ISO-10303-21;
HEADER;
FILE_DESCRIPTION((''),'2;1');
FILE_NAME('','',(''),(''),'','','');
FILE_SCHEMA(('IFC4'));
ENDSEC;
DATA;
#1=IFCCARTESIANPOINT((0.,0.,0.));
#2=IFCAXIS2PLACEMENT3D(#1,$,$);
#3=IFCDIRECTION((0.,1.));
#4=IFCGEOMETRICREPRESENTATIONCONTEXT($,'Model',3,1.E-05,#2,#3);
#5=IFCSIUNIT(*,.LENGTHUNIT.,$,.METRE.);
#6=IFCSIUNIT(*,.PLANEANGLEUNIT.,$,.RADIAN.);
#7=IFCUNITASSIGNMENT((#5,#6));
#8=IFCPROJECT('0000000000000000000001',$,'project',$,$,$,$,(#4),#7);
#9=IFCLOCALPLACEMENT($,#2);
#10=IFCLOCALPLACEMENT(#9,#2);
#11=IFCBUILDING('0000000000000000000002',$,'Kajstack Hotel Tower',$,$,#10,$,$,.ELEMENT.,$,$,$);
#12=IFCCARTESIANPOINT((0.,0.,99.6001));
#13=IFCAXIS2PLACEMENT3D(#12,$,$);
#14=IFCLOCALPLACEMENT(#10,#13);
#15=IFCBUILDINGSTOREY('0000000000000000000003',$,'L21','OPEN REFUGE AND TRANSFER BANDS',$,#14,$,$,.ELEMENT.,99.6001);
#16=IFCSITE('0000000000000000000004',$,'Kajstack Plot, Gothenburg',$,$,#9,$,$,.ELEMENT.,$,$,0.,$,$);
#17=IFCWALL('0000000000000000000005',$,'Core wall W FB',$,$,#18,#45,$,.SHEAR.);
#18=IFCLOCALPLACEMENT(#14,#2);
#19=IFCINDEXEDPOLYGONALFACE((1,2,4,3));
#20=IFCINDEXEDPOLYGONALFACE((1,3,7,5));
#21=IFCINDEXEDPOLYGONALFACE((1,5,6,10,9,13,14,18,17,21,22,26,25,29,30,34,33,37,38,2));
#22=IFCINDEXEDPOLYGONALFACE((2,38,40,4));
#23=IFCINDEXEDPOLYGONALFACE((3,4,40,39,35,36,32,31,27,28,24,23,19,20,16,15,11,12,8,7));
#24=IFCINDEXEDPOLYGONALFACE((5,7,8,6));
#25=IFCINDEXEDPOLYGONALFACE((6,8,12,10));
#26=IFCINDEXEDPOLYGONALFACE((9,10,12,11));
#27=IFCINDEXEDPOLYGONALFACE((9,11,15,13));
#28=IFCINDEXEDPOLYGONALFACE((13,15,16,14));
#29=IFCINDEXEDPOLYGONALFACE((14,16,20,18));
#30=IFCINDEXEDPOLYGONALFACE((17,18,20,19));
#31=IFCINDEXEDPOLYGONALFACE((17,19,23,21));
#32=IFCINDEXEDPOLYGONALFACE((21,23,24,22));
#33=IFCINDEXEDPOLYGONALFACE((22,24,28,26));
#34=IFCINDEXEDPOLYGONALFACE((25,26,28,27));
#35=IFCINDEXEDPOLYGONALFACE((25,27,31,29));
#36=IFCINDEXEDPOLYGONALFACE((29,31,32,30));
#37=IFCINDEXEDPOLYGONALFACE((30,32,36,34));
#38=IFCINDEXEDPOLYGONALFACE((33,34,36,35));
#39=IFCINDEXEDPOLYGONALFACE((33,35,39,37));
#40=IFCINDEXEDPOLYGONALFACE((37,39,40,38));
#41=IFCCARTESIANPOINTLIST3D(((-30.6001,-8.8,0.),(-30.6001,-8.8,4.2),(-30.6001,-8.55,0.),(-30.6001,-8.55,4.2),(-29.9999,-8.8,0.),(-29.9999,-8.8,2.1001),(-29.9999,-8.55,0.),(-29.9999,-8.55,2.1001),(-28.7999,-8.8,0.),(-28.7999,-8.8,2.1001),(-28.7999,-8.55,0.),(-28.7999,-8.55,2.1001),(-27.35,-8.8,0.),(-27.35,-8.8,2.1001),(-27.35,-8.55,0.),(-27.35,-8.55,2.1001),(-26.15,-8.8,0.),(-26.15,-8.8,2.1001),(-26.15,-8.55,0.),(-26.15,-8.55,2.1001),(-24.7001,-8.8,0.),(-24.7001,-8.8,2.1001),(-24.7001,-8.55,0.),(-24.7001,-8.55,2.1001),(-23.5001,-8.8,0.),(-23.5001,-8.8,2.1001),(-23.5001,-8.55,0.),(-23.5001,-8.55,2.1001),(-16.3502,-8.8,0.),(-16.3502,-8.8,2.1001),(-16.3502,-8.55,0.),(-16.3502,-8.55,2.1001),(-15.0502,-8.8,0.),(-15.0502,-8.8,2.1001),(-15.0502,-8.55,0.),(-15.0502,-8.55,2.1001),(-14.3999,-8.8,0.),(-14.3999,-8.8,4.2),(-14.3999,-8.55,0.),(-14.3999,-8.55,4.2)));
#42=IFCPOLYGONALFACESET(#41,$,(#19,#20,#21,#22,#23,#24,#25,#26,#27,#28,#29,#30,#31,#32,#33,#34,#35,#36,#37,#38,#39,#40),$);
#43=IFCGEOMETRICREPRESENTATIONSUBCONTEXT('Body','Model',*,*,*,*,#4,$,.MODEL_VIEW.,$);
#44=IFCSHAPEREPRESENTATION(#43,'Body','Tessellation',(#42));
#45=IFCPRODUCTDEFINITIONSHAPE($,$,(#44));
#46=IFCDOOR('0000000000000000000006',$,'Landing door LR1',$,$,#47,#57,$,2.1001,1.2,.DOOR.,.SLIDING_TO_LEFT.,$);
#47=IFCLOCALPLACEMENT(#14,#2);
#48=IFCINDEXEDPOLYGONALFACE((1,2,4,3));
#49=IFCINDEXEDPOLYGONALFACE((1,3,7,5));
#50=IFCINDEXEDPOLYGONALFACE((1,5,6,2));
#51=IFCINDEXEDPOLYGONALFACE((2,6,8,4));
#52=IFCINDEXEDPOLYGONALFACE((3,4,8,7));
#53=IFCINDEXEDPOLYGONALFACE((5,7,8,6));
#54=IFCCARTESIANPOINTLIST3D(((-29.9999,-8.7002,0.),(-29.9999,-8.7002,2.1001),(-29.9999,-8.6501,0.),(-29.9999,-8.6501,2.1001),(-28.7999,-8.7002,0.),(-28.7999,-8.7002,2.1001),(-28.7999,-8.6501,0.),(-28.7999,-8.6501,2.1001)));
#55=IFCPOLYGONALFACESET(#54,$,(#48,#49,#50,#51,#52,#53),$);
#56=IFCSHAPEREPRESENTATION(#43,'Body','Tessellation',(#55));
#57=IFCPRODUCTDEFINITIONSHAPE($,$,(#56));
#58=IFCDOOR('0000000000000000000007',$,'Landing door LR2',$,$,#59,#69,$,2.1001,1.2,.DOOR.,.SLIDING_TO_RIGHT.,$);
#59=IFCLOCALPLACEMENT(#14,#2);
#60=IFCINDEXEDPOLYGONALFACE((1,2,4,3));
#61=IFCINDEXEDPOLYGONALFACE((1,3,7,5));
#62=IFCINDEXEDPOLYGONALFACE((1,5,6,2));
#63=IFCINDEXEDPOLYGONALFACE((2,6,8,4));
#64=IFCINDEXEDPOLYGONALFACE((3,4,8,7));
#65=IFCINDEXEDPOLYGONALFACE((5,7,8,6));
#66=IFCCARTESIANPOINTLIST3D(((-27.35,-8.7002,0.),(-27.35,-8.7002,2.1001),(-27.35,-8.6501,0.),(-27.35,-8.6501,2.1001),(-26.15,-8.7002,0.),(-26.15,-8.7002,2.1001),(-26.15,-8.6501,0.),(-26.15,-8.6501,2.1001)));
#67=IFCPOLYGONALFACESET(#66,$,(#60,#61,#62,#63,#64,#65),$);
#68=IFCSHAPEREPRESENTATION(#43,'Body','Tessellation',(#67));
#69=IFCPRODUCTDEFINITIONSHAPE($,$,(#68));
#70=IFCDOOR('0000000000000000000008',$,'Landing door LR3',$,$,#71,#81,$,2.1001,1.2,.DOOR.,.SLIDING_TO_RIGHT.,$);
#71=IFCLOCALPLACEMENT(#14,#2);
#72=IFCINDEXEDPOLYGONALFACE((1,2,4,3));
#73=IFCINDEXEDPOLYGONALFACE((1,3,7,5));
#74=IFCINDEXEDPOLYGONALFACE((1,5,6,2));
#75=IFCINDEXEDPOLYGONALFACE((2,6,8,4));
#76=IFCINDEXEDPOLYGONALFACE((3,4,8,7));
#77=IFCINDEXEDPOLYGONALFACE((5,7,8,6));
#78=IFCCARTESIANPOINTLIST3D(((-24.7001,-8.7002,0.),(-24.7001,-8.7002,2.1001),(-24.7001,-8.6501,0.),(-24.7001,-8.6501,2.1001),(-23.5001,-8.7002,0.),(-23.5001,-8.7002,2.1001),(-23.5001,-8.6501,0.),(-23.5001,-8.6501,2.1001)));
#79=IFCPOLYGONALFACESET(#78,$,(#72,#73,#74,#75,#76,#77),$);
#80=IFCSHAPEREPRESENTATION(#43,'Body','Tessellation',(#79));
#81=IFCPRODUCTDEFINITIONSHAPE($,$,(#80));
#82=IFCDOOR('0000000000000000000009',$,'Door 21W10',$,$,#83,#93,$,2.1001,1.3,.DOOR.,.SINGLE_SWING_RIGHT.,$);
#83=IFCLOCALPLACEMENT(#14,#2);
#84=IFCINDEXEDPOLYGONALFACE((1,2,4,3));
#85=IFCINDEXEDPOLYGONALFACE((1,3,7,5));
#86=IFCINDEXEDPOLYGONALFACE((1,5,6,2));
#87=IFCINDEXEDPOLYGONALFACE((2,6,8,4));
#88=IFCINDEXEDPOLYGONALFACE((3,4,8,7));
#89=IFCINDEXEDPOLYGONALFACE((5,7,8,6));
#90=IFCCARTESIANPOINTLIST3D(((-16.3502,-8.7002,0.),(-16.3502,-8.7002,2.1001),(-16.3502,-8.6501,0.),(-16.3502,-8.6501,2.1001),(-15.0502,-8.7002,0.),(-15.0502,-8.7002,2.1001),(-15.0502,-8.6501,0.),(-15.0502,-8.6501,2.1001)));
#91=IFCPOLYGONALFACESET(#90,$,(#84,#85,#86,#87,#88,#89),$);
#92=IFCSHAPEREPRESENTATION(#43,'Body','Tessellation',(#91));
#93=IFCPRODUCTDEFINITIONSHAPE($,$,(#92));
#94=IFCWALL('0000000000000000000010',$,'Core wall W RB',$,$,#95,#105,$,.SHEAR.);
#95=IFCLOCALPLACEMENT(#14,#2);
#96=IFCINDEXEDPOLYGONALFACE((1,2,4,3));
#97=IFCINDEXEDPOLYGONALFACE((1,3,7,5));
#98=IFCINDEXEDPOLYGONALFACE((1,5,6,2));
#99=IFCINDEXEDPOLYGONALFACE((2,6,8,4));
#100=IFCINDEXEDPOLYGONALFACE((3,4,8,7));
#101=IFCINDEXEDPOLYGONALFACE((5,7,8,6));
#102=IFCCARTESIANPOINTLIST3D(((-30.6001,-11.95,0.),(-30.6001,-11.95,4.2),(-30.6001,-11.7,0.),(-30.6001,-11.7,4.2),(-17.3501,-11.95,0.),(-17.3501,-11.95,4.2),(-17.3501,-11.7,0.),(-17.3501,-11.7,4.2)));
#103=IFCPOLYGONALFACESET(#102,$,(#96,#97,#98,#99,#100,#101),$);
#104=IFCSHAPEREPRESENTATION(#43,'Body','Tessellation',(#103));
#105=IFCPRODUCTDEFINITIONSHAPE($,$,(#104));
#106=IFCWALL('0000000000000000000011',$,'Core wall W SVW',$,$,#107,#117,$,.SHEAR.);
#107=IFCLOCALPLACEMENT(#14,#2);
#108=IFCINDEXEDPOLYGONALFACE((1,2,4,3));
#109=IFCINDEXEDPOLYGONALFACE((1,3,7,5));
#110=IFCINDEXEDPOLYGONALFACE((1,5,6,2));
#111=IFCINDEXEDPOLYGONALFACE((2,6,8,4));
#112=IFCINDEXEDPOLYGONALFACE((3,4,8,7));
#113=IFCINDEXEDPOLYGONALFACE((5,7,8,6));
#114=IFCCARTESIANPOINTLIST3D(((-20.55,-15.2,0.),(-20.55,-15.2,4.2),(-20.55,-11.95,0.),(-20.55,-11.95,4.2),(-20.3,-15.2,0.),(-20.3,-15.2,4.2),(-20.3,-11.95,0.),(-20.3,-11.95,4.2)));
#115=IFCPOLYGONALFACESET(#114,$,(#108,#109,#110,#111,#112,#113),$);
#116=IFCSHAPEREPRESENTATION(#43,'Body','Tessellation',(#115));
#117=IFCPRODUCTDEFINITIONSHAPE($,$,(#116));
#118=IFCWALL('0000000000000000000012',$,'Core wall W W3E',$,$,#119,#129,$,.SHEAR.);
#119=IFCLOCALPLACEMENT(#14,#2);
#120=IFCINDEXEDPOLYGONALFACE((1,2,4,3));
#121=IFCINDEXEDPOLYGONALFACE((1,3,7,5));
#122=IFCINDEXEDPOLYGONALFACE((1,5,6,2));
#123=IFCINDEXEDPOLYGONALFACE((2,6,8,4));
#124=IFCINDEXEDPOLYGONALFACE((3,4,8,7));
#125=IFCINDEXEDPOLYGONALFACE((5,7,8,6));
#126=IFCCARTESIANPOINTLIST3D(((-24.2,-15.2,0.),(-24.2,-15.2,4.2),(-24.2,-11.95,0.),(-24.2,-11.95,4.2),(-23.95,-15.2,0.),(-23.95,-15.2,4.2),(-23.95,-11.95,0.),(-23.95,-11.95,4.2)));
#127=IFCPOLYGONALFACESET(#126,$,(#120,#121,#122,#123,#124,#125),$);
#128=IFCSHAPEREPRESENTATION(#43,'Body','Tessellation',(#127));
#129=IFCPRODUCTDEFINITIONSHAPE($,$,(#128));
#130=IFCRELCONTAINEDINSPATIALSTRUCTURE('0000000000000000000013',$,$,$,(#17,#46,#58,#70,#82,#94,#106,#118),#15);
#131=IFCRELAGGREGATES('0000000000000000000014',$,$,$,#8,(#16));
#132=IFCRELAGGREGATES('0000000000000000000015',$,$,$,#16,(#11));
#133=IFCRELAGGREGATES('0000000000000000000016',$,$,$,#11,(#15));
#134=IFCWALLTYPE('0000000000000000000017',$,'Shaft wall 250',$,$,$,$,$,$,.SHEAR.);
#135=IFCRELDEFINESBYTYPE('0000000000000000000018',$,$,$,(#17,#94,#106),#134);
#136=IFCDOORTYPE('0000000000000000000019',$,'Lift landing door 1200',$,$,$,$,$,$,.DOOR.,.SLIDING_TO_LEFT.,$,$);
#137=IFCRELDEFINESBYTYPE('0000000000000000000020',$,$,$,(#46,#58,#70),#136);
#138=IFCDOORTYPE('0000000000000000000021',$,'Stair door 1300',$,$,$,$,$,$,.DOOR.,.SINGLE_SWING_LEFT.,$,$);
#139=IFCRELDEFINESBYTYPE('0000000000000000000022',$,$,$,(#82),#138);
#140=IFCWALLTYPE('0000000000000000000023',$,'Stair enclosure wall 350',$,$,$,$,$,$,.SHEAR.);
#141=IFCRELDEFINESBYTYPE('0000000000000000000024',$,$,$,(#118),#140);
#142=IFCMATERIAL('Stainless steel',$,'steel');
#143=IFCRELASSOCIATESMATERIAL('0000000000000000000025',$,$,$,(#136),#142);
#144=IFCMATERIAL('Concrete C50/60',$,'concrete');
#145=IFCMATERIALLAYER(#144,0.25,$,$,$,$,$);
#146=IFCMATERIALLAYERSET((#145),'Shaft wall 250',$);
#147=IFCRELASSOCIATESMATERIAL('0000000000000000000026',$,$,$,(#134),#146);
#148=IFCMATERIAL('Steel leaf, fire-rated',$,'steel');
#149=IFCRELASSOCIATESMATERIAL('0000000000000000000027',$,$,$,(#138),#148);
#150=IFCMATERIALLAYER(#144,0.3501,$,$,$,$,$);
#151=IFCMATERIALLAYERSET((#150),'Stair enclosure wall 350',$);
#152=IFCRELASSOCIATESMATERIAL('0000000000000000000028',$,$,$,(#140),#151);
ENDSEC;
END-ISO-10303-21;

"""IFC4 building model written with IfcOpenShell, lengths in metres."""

from ifc_helpers import new_model, si_unit, direction, frame, frame_2d, origin, place, context, subcontext, project, spatial, rectangle, extrude, material, layer, layer_set, type_object, element, fill, save


model = new_model("IFC4")

# Units and contexts
model_context = context("Model", 3, precision=1e-05, world=origin(), true_north=direction((0.0, 1.0)))
body_context = subcontext(model_context, "Body", "Model", "MODEL_VIEW")
ifc_project = project(units=[si_unit("LENGTHUNIT", "METRE"), si_unit("PLANEANGLEUNIT", "RADIAN")], contexts=[model_context])

# Site, building, storey
site_placement = place(None, origin())
site = spatial("IfcSite", under=ifc_project, at=site_placement, Name="Kajstack Plot, Gothenburg", CompositionType="ELEMENT", RefElevation=0.0)
building_placement = place(site_placement, origin())
building = spatial("IfcBuilding", under=site, at=building_placement, Name="Kajstack Hotel Tower", CompositionType="ELEMENT")
storey_placement = place(building_placement, frame((0.0, 0.0, 99.6001)))
storey = spatial("IfcBuildingStorey", under=building, at=storey_placement, Name="L21", Description="OPEN REFUGE AND TRANSFER BANDS", CompositionType="ELEMENT", Elevation=99.6001)

# Shared definitions
ifc_material_1 = material(Name="Stainless steel", Category="steel")
door_type_1 = type_object("IfcDoorType", Name="Lift landing door 1200", OperationType="SLIDING_TO_LEFT", PredefinedType="DOOR", material=ifc_material_1)

# Shared definitions
ifc_material_2 = material(Name="Concrete C50/60", Category="concrete")

# Shared definitions
ifc_layer_1 = layer(ifc_material_2, 0.25)
ifc_layer_set_1 = layer_set([ifc_layer_1], Name="Shaft wall 250")
wall_type_1 = type_object("IfcWallType", Name="Shaft wall 250", PredefinedType="SHEAR", material=ifc_layer_set_1)
ifc_material_3 = material(Name="Steel leaf, fire-rated", Category="steel")
door_type_2 = type_object("IfcDoorType", Name="Stair door 1300", OperationType="SINGLE_SWING_LEFT", PredefinedType="DOOR", material=ifc_material_3)

# Wall, openings, doors
wall_1_placement = place(storey_placement, frame((-30.6001, -8.675, 0.0), z_axis=(0.0, 0.0, 1.0), x_axis=(1.0, 0.0, 0.0)))
wall_1 = element("IfcWall", 1, at=wall_1_placement, inside=storey, type_object=wall_type_1, Name="Core wall W FB", PredefinedType="SHEAR", context=body_context, shape_type="SweptSolid", body=[
    extrude(rectangle(XDim=16.2002, YDim=0.25, at=frame_2d((8.1001, 0.0))), origin(), (0.0, 0.0, 1.0), 4.2),
])
opening_1_placement = place(wall_1_placement, frame((0.6001, 0.0, 0.0)))
opening_1 = element("IfcOpeningElement", 2, at=opening_1_placement, cuts=wall_1, PredefinedType="OPENING", context=body_context, shape_type="SweptSolid", body=[
    extrude(rectangle(XDim=1.2, YDim=2.1001, at=frame_2d((0.6001, 1.05))), frame((0.0, 0.135, 0.0), z_axis=(0.0, -1.0, 0.0), x_axis=(1.0, 0.0, 0.0)), (0.0, 0.0, 1.0), 0.27),
])
opening_2_placement = place(wall_1_placement, frame((3.25, 0.0, 0.0)))
opening_2 = element("IfcOpeningElement", 3, at=opening_2_placement, cuts=wall_1, PredefinedType="OPENING", context=body_context, shape_type="SweptSolid", body=[
    extrude(rectangle(XDim=1.2, YDim=2.1001, at=frame_2d((0.6001, 1.05))), frame((0.0, 0.135, 0.0), z_axis=(0.0, -1.0, 0.0), x_axis=(1.0, 0.0, 0.0)), (0.0, 0.0, 1.0), 0.27),
])
opening_3_placement = place(wall_1_placement, frame((5.8999, 0.0, 0.0)))
opening_3 = element("IfcOpeningElement", 4, at=opening_3_placement, cuts=wall_1, PredefinedType="OPENING", context=body_context, shape_type="SweptSolid", body=[
    extrude(rectangle(XDim=1.2, YDim=2.1001, at=frame_2d((0.6001, 1.05))), frame((0.0, 0.135, 0.0), z_axis=(0.0, -1.0, 0.0), x_axis=(1.0, 0.0, 0.0)), (0.0, 0.0, 1.0), 0.27),
])
opening_4_placement = place(wall_1_placement, frame((14.25, 0.0, 0.0)))
opening_4 = element("IfcOpeningElement", 5, at=opening_4_placement, cuts=wall_1, PredefinedType="OPENING", context=body_context, shape_type="SweptSolid", body=[
    extrude(rectangle(XDim=1.3, YDim=2.1001, at=frame_2d((0.6499, 1.05))), frame((0.0, 0.135, 0.0), z_axis=(0.0, -1.0, 0.0), x_axis=(1.0, 0.0, 0.0)), (0.0, 0.0, 1.0), 0.27),
])
door_1_placement = place(opening_1_placement, origin())
door_1 = element("IfcDoor", 6, at=door_1_placement, inside=storey, type_object=door_type_1, Name="Landing door LR1", OperationType="SLIDING_TO_LEFT", OverallHeight=2.1001, OverallWidth=1.2, PredefinedType="DOOR", context=body_context, shape_type="SweptSolid", body=[
    extrude(rectangle(XDim=1.2, YDim=2.1001, at=frame_2d((0.6001, 1.05))), frame((0.0, 0.0249, 0.0), z_axis=(0.0, -1.0, 0.0), x_axis=(1.0, 0.0, 0.0)), (0.0, 0.0, 1.0), 0.05),
])
fill(opening_1, door_1)
door_2_placement = place(opening_2_placement, origin())
door_2 = element("IfcDoor", 7, at=door_2_placement, inside=storey, type_object=door_type_1, Name="Landing door LR2", OperationType="SLIDING_TO_RIGHT", OverallHeight=2.1001, OverallWidth=1.2, PredefinedType="DOOR", context=body_context, shape_type="SweptSolid", body=[
    extrude(rectangle(XDim=1.2, YDim=2.1001, at=frame_2d((0.6001, 1.05))), frame((0.0, 0.0249, 0.0), z_axis=(0.0, -1.0, 0.0), x_axis=(1.0, 0.0, 0.0)), (0.0, 0.0, 1.0), 0.05),
])
fill(opening_2, door_2)
door_3_placement = place(opening_3_placement, origin())
door_3 = element("IfcDoor", 8, at=door_3_placement, inside=storey, type_object=door_type_1, Name="Landing door LR3", OperationType="SLIDING_TO_RIGHT", OverallHeight=2.1001, OverallWidth=1.2, PredefinedType="DOOR", context=body_context, shape_type="SweptSolid", body=[
    extrude(rectangle(XDim=1.2, YDim=2.1001, at=frame_2d((0.6001, 1.05))), frame((0.0, 0.0249, 0.0), z_axis=(0.0, -1.0, 0.0), x_axis=(1.0, 0.0, 0.0)), (0.0, 0.0, 1.0), 0.05),
])
fill(opening_3, door_3)
door_4_placement = place(opening_4_placement, origin())
door_4 = element("IfcDoor", 9, at=door_4_placement, inside=storey, type_object=door_type_2, Name="Door 21W10", OperationType="SINGLE_SWING_RIGHT", OverallHeight=2.1001, OverallWidth=1.3, PredefinedType="DOOR", context=body_context, shape_type="SweptSolid", body=[
    extrude(rectangle(XDim=1.3, YDim=2.1001, at=frame_2d((0.6499, 1.05))), frame((0.0, 0.0249, 0.0), z_axis=(0.0, -1.0, 0.0), x_axis=(1.0, 0.0, 0.0)), (0.0, 0.0, 1.0), 0.05),
])
fill(opening_4, door_4)

# Walls
wall_2_placement = place(storey_placement, frame((-30.6001, -11.825, 0.0), z_axis=(0.0, 0.0, 1.0), x_axis=(1.0, 0.0, 0.0)))
element("IfcWall", 10, at=wall_2_placement, inside=storey, type_object=wall_type_1, Name="Core wall W RB", PredefinedType="SHEAR", context=body_context, shape_type="SweptSolid", body=[
    extrude(rectangle(XDim=13.25, YDim=0.25, at=frame_2d((6.625, 0.0))), origin(), (0.0, 0.0, 1.0), 4.2),
])
wall_3_placement = place(storey_placement, frame((-20.425, -15.2, 0.0), z_axis=(0.0, 0.0, 1.0), x_axis=(0.0, 1.0, 0.0)))
element("IfcWall", 11, at=wall_3_placement, inside=storey, type_object=wall_type_1, Name="Core wall W SVW", PredefinedType="SHEAR", context=body_context, shape_type="SweptSolid", body=[
    extrude(rectangle(XDim=3.25, YDim=0.25, at=frame_2d((1.625, 0.0))), origin(), (0.0, 0.0, 1.0), 4.2),
])
ifc_layer_2 = layer(ifc_material_2, 0.3501)
ifc_layer_set_2 = layer_set([ifc_layer_2], Name="Stair enclosure wall 350")
wall_type_2 = type_object("IfcWallType", Name="Stair enclosure wall 350", PredefinedType="SHEAR", material=ifc_layer_set_2)
wall_4_placement = place(storey_placement, frame((-24.075, -15.2, 0.0), z_axis=(0.0, 0.0, 1.0), x_axis=(0.0, 1.0, 0.0)))
element("IfcWall", 12, at=wall_4_placement, inside=storey, type_object=wall_type_2, Name="Core wall W W3E", PredefinedType="SHEAR", context=body_context, shape_type="SweptSolid", body=[
    extrude(rectangle(XDim=3.25, YDim=0.25, at=frame_2d((1.625, 0.0))), origin(), (0.0, 0.0, 1.0), 4.2),
])

save(model, "model.ifc")
